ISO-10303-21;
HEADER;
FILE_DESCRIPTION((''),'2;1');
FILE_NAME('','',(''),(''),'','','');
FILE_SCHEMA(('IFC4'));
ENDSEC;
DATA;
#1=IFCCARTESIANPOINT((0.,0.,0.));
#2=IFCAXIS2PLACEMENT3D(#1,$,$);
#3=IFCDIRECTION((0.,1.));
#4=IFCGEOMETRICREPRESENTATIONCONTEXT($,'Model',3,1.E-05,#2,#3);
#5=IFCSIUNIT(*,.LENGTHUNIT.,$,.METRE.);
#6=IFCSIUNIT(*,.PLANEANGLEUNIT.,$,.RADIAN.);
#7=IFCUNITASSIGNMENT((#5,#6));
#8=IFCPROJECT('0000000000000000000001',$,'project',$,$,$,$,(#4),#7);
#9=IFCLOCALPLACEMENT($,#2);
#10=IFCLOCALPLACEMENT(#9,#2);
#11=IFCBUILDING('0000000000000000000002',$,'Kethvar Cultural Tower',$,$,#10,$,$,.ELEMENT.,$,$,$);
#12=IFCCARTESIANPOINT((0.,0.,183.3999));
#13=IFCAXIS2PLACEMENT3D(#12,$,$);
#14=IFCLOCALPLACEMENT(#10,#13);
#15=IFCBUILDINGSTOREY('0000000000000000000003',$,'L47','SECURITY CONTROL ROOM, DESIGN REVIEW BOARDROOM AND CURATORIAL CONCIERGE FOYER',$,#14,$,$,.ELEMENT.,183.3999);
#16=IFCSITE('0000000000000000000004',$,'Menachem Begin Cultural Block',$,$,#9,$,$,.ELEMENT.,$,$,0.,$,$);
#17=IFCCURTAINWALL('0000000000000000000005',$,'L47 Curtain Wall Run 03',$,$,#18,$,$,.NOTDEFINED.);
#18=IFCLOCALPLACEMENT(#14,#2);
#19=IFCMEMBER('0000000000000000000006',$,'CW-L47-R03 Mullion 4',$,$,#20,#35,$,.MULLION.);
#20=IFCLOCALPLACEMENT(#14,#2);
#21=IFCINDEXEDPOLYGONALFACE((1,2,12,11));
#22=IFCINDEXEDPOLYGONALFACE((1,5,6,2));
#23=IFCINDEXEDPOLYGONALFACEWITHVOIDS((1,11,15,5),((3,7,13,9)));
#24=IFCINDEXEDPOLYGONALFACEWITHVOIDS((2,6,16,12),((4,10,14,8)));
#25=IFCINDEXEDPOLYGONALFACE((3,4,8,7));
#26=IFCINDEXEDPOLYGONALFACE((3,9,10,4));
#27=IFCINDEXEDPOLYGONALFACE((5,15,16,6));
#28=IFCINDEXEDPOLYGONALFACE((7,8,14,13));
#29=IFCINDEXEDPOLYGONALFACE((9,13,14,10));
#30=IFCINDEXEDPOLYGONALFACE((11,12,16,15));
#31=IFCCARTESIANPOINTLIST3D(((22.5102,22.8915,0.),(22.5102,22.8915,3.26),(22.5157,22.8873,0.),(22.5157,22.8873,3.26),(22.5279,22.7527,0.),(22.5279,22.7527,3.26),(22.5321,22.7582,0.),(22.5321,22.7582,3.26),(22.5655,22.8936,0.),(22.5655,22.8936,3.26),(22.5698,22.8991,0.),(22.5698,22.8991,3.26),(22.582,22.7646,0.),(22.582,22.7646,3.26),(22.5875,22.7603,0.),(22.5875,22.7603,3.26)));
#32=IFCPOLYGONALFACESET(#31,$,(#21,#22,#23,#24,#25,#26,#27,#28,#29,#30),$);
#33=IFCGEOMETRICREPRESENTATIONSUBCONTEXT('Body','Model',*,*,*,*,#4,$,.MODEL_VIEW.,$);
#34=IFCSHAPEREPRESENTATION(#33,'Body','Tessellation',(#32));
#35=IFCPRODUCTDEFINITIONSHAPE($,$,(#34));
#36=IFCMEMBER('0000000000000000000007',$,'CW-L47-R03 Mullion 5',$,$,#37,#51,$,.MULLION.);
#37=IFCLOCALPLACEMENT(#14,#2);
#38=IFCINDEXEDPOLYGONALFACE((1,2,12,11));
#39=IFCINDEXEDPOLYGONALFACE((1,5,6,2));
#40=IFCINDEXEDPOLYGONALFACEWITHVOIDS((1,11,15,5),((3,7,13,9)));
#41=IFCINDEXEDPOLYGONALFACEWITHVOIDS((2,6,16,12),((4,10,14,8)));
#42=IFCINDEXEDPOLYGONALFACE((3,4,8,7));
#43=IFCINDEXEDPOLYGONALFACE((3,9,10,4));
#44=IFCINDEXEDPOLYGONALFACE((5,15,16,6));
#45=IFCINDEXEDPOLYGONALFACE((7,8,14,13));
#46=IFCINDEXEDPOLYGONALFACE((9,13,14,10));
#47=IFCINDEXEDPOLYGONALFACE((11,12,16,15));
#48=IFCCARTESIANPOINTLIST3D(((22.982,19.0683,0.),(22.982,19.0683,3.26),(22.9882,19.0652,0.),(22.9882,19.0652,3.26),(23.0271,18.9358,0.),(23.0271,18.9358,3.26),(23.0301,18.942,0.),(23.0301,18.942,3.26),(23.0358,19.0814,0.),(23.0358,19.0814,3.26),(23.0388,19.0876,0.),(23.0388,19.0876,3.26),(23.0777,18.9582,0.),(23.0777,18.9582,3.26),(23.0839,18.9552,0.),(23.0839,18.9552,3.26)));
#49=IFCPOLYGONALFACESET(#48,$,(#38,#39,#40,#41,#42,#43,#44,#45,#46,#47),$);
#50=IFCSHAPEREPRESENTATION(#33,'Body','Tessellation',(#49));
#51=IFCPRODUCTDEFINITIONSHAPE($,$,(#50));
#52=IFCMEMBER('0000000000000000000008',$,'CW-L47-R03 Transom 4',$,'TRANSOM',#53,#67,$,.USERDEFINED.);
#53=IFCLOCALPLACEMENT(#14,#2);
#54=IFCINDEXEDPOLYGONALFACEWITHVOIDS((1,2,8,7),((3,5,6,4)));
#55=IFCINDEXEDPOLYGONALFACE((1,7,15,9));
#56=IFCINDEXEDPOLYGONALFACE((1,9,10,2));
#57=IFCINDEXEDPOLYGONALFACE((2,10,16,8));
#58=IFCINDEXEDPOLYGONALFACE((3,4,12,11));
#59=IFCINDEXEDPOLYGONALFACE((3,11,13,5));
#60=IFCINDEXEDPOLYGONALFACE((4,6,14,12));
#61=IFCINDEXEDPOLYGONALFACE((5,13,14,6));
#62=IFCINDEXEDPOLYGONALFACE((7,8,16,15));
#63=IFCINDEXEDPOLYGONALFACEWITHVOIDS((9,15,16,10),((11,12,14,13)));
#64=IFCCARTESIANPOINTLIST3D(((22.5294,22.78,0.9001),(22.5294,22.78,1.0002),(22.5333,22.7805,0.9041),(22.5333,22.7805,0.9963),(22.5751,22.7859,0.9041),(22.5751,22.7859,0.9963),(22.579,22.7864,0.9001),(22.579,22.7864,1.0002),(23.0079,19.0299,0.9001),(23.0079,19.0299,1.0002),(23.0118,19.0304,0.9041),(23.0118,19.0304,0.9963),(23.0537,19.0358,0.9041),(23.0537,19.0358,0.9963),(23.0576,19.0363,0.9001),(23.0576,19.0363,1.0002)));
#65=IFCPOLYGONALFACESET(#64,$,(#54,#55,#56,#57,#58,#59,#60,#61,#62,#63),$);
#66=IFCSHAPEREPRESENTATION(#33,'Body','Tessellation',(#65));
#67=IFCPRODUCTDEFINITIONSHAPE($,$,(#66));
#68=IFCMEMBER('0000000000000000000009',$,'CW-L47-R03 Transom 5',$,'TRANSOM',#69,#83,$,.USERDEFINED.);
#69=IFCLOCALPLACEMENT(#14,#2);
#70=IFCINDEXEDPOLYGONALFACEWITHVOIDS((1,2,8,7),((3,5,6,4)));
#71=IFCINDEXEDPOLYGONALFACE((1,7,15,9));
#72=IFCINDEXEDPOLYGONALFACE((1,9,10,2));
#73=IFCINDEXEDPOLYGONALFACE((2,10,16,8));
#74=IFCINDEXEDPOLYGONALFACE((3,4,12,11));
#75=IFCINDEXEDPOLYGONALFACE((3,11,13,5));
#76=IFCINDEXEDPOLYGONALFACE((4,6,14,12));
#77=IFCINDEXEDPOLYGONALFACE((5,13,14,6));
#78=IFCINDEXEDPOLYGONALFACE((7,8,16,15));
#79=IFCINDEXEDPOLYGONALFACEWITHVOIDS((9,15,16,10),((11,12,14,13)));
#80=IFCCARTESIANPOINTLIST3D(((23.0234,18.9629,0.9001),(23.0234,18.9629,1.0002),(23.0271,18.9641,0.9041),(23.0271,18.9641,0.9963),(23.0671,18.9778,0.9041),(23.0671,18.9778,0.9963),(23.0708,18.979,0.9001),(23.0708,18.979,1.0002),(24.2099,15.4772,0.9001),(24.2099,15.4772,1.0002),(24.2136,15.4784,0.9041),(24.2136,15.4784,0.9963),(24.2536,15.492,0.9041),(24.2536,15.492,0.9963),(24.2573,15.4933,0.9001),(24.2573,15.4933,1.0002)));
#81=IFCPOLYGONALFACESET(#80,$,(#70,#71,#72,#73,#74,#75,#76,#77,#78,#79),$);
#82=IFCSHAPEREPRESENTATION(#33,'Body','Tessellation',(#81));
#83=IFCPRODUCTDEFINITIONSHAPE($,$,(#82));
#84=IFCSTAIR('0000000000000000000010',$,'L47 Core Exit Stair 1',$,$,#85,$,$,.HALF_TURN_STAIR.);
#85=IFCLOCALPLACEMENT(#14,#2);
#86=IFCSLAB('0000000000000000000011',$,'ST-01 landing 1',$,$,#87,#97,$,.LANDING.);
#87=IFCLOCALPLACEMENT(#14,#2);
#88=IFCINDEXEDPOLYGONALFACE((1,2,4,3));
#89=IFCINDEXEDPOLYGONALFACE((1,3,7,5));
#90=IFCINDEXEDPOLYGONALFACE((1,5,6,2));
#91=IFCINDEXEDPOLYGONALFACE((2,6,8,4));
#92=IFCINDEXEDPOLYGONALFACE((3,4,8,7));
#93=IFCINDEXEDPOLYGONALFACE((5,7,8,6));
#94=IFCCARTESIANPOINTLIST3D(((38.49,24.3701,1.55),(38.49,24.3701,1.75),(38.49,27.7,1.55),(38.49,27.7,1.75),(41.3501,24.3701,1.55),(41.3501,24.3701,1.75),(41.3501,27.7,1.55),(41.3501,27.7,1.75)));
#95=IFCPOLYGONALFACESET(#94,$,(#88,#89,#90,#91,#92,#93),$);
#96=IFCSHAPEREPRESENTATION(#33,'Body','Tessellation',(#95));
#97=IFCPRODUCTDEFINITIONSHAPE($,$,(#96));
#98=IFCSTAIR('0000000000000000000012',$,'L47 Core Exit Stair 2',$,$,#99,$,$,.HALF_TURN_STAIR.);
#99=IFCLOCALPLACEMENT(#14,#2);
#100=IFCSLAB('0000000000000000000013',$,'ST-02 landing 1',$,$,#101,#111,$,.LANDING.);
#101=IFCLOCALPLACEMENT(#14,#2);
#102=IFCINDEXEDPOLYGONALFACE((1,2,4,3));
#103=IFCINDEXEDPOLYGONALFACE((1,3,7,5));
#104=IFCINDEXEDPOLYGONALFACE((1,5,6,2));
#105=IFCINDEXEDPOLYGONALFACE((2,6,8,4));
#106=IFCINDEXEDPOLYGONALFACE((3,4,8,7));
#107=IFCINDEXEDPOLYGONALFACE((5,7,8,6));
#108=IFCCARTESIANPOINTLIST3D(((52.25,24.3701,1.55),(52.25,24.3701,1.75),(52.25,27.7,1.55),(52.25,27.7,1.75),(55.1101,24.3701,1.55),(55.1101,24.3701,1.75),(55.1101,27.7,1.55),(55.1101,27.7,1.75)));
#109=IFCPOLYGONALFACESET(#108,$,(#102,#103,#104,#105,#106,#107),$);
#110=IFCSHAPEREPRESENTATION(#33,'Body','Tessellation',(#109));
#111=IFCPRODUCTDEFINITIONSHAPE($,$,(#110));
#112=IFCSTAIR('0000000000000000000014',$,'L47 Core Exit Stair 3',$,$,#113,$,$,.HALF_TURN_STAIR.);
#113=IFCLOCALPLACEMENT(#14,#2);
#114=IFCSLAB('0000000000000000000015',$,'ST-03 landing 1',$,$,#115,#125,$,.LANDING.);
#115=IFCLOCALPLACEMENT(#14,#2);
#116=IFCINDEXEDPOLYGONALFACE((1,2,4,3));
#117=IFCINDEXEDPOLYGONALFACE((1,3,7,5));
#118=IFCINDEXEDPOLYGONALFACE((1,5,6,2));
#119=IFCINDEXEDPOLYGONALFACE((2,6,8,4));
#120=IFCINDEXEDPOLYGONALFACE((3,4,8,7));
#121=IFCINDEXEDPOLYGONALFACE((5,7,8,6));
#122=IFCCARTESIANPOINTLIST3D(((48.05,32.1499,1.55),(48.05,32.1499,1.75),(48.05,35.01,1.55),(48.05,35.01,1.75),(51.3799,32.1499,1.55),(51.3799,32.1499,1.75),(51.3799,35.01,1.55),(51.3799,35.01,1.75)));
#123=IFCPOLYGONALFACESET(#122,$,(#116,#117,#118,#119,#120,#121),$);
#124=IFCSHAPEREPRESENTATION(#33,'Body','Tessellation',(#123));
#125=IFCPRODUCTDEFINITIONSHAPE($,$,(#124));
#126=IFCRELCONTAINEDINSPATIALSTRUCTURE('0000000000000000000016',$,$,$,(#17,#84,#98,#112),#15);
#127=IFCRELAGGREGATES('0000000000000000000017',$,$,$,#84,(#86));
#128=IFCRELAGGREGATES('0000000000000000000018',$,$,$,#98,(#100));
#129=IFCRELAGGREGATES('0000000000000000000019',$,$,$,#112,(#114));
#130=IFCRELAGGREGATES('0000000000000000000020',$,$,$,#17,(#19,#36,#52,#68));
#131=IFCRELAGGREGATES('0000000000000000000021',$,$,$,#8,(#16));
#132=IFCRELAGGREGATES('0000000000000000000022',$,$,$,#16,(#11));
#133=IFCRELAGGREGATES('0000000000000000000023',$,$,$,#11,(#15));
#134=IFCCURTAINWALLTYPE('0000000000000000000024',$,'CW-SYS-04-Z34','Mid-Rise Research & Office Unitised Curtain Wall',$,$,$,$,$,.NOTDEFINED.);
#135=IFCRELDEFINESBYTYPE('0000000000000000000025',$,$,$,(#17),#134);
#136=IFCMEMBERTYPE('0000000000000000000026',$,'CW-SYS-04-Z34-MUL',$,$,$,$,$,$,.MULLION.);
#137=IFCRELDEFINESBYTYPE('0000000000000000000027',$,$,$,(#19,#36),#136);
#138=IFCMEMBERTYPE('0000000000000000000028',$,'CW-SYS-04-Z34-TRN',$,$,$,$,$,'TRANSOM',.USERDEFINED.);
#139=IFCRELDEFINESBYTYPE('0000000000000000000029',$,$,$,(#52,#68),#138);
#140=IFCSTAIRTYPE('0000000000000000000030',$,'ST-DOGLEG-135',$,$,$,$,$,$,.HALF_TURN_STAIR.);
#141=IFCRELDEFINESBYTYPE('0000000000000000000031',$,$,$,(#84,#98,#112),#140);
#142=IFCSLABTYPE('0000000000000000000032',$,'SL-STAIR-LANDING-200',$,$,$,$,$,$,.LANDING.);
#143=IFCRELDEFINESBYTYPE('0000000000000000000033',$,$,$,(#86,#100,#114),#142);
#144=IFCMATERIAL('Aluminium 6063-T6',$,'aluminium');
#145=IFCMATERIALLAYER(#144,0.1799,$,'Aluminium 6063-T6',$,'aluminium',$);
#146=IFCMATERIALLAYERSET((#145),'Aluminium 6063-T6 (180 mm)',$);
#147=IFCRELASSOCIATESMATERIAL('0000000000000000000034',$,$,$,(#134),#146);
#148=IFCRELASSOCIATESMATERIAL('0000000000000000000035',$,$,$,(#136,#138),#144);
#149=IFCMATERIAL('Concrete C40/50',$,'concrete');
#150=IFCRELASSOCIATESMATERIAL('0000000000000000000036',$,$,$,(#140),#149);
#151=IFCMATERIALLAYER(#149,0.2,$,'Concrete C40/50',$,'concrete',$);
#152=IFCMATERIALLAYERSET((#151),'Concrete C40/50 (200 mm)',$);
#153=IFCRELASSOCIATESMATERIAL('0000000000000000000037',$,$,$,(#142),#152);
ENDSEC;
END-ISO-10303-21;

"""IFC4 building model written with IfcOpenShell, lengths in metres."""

from ifc_helpers import new_model, si_unit, direction, frame, origin, origin_2d, place, context, subcontext, project, spatial, polyline, hollow_rectangle, outline, extrude, source, transform, mapped, material, layer, layer_set, material_profile, profile_set, type_object, element, aggregate, save


model = new_model("IFC4")

# Units and contexts
model_context = context("Model", 3, precision=1e-05, world=origin(), true_north=direction((0.0, 1.0)))
body_context = subcontext(model_context, "Body", "Model", "MODEL_VIEW")
ifc_project = project(units=[si_unit("LENGTHUNIT", "METRE"), si_unit("PLANEANGLEUNIT", "RADIAN")], contexts=[model_context])

# Site, building, storey
site_placement = place(None, origin())
site = spatial("IfcSite", under=ifc_project, at=site_placement, Name="Menachem Begin Cultural Block", CompositionType="ELEMENT", RefElevation=0.0)
building_placement = place(site_placement, origin())
building = spatial("IfcBuilding", under=site, at=building_placement, Name="Kethvar Cultural Tower", CompositionType="ELEMENT")
storey_placement = place(building_placement, frame((0.0, 0.0, 183.3999)))
storey = spatial("IfcBuildingStorey", under=building, at=storey_placement, Name="L47", Description="SECURITY CONTROL ROOM, DESIGN REVIEW BOARDROOM AND CURATORIAL CONCIERGE FOYER", CompositionType="ELEMENT", Elevation=183.3999)

# Curtain wall, members
ifc_material_1 = material(Name="Aluminium 6063-T6", Category="aluminium")
ifc_layer_1 = layer(ifc_material_1, 0.1799, Name="Aluminium 6063-T6", Category="aluminium")
ifc_layer_set_1 = layer_set([ifc_layer_1], Name="Aluminium 6063-T6 (180 mm)")
curtain_wall_type = type_object("IfcCurtainWallType", Name="CW-SYS-04-Z34", Description="Mid-Rise Research & Office Unitised Curtain Wall", PredefinedType="NOTDEFINED", material=ifc_layer_set_1)
curtain_wall_placement = place(storey_placement, origin())
curtain_wall = element("IfcCurtainWall", 1, at=curtain_wall_placement, inside=storey, type_object=curtain_wall_type, Name="L47 Curtain Wall Run 03", PredefinedType="NOTDEFINED")
ifc_material_profile_1 = material_profile(ifc_material_1, hollow_rectangle(XDim=0.0601, YDim=0.1399, WallThickness=0.0049, at=origin_2d()), Name="Aluminium 6063-T6 — RHS140x60x5")
ifc_profile_set_1 = profile_set([ifc_material_profile_1], Name="Aluminium 6063-T6 — RHS140x60x5")
member_type_1 = type_object("IfcMemberType", Name="CW-SYS-04-Z34-MUL", PredefinedType="MULLION", material=ifc_profile_set_1)
shared_shape_1 = source(origin(), body_context, "Body", "SweptSolid", [
    extrude(hollow_rectangle(XDim=0.0601, YDim=0.1399, WallThickness=0.0049, at=origin_2d()), origin(), (0.0, 0.0, 1.0), 3.26),
])
member_1_placement = place(storey_placement, frame((22.5488, 22.8259, 0.0), z_axis=(0.0, 0.0, 1.0), x_axis=(0.991965, 0.126511, 0.0)))
member_1 = element("IfcMember", 2, at=member_1_placement, type_object=member_type_1, Name="CW-L47-R03 Mullion 4", PredefinedType="MULLION", context=body_context, shape_type="MappedRepresentation", body=[
    mapped(shared_shape_1, transform((0.0, 0.0, 0.0), scale=1.0)),
])
member_2_placement = place(storey_placement, frame((23.033, 19.0117, 0.0), z_axis=(0.0, 0.0, 1.0), x_axis=(0.946649, 0.322266, 0.0)))
member_2 = element("IfcMember", 3, at=member_2_placement, type_object=member_type_1, Name="CW-L47-R03 Mullion 5", PredefinedType="MULLION", context=body_context, shape_type="MappedRepresentation", body=[
    mapped(shared_shape_1, transform((0.0, 0.0, 0.0), scale=1.0)),
])
ifc_material_profile_2 = material_profile(ifc_material_1, hollow_rectangle(XDim=0.05, YDim=0.1001, WallThickness=0.0039, at=origin_2d()), Name="Aluminium 6063-T6 — RHS100x50x4")
ifc_profile_set_2 = profile_set([ifc_material_profile_2], Name="Aluminium 6063-T6 — RHS100x50x4")
member_type_2 = type_object("IfcMemberType", Name="CW-SYS-04-Z34-TRN", ElementType="TRANSOM", PredefinedType="USERDEFINED", material=ifc_profile_set_2)
shared_shape_2 = source(origin(), body_context, "Body", "SweptSolid", [
    extrude(hollow_rectangle(XDim=0.05, YDim=0.1001, WallThickness=0.0039, at=origin_2d()), origin(), (0.0, 0.0, 1.0), 3.7805),
])
member_3_placement = place(storey_placement, frame((22.5542, 22.7832, 0.9502), z_axis=(0.126578, -0.991957, 0.0), x_axis=(0.991957, 0.126578, 0.0)))
member_3 = element("IfcMember", 4, at=member_3_placement, type_object=member_type_2, Name="CW-L47-R03 Transom 4", ObjectType="TRANSOM", PredefinedType="USERDEFINED", context=body_context, shape_type="MappedRepresentation", body=[
    mapped(shared_shape_2, transform((0.0, 0.0, 0.0), scale=1.0)),
])
shared_shape_3 = source(origin(), body_context, "Body", "SweptSolid", [
    extrude(hollow_rectangle(XDim=0.05, YDim=0.1001, WallThickness=0.0039, at=origin_2d()), origin(), (0.0, 0.0, 1.0), 3.6821),
])
member_4_placement = place(storey_placement, frame((23.0471, 18.9709, 0.9502), z_axis=(0.322228, -0.946662, 0.0), x_axis=(0.946662, 0.322228, 0.0)))
member_4 = element("IfcMember", 5, at=member_4_placement, type_object=member_type_2, Name="CW-L47-R03 Transom 5", ObjectType="TRANSOM", PredefinedType="USERDEFINED", context=body_context, shape_type="MappedRepresentation", body=[
    mapped(shared_shape_3, transform((0.0, 0.0, 0.0), scale=1.0)),
])

# Stairs, slabs
ifc_material_2 = material(Name="Concrete C40/50", Category="concrete")
stair_type = type_object("IfcStairType", Name="ST-DOGLEG-135", PredefinedType="HALF_TURN_STAIR", material=ifc_material_2)
stair_1_placement = place(storey_placement, origin())
stair_1 = element("IfcStair", 6, at=stair_1_placement, inside=storey, type_object=stair_type, Name="L47 Core Exit Stair 1", PredefinedType="HALF_TURN_STAIR")
ifc_layer_2 = layer(ifc_material_2, 0.2, Name="Concrete C40/50", Category="concrete")
ifc_layer_set_2 = layer_set([ifc_layer_2], Name="Concrete C40/50 (200 mm)")
slab_type_1 = type_object("IfcSlabType", Name="SL-STAIR-LANDING-200", PredefinedType="LANDING", material=ifc_layer_set_2)
slab_1_placement = place(storey_placement, frame((0.0, 0.0, 1.55)))
slab_1 = element("IfcSlab", 7, at=slab_1_placement, type_object=slab_type_1, Name="ST-01 landing 1", PredefinedType="LANDING", context=body_context, shape_type="SweptSolid", body=[
    extrude(outline(polyline([(41.3501, 24.3701), (41.3501, 27.7), (38.49, 27.7), (38.49, 24.3701), (41.3501, 24.3701)])), origin(), (0.0, 0.0, 1.0), 0.2),
])
aggregate(stair_1, [slab_1])
stair_2_placement = place(storey_placement, origin())
stair_2 = element("IfcStair", 8, at=stair_2_placement, inside=storey, type_object=stair_type, Name="L47 Core Exit Stair 2", PredefinedType="HALF_TURN_STAIR")
slab_2_placement = place(storey_placement, frame((0.0, 0.0, 1.55)))
slab_2 = element("IfcSlab", 9, at=slab_2_placement, type_object=slab_type_1, Name="ST-02 landing 1", PredefinedType="LANDING", context=body_context, shape_type="SweptSolid", body=[
    extrude(outline(polyline([(55.1101, 24.3701), (55.1101, 27.7), (52.25, 27.7), (52.25, 24.3701), (55.1101, 24.3701)])), origin(), (0.0, 0.0, 1.0), 0.2),
])
aggregate(stair_2, [slab_2])
stair_3_placement = place(storey_placement, origin())
stair_3 = element("IfcStair", 10, at=stair_3_placement, inside=storey, type_object=stair_type, Name="L47 Core Exit Stair 3", PredefinedType="HALF_TURN_STAIR")
slab_3_placement = place(storey_placement, frame((0.0, 0.0, 1.55)))
slab_3 = element("IfcSlab", 11, at=slab_3_placement, type_object=slab_type_1, Name="ST-03 landing 1", PredefinedType="LANDING", context=body_context, shape_type="SweptSolid", body=[
    extrude(outline(polyline([(51.3799, 35.01), (48.05, 35.01), (48.05, 32.1499), (51.3799, 32.1499), (51.3799, 35.01)])), origin(), (0.0, 0.0, 1.0), 0.2),
])
aggregate(stair_3, [slab_3])

aggregate(curtain_wall, [member_1, member_2, member_3, member_4])

save(model, "model.ifc")
